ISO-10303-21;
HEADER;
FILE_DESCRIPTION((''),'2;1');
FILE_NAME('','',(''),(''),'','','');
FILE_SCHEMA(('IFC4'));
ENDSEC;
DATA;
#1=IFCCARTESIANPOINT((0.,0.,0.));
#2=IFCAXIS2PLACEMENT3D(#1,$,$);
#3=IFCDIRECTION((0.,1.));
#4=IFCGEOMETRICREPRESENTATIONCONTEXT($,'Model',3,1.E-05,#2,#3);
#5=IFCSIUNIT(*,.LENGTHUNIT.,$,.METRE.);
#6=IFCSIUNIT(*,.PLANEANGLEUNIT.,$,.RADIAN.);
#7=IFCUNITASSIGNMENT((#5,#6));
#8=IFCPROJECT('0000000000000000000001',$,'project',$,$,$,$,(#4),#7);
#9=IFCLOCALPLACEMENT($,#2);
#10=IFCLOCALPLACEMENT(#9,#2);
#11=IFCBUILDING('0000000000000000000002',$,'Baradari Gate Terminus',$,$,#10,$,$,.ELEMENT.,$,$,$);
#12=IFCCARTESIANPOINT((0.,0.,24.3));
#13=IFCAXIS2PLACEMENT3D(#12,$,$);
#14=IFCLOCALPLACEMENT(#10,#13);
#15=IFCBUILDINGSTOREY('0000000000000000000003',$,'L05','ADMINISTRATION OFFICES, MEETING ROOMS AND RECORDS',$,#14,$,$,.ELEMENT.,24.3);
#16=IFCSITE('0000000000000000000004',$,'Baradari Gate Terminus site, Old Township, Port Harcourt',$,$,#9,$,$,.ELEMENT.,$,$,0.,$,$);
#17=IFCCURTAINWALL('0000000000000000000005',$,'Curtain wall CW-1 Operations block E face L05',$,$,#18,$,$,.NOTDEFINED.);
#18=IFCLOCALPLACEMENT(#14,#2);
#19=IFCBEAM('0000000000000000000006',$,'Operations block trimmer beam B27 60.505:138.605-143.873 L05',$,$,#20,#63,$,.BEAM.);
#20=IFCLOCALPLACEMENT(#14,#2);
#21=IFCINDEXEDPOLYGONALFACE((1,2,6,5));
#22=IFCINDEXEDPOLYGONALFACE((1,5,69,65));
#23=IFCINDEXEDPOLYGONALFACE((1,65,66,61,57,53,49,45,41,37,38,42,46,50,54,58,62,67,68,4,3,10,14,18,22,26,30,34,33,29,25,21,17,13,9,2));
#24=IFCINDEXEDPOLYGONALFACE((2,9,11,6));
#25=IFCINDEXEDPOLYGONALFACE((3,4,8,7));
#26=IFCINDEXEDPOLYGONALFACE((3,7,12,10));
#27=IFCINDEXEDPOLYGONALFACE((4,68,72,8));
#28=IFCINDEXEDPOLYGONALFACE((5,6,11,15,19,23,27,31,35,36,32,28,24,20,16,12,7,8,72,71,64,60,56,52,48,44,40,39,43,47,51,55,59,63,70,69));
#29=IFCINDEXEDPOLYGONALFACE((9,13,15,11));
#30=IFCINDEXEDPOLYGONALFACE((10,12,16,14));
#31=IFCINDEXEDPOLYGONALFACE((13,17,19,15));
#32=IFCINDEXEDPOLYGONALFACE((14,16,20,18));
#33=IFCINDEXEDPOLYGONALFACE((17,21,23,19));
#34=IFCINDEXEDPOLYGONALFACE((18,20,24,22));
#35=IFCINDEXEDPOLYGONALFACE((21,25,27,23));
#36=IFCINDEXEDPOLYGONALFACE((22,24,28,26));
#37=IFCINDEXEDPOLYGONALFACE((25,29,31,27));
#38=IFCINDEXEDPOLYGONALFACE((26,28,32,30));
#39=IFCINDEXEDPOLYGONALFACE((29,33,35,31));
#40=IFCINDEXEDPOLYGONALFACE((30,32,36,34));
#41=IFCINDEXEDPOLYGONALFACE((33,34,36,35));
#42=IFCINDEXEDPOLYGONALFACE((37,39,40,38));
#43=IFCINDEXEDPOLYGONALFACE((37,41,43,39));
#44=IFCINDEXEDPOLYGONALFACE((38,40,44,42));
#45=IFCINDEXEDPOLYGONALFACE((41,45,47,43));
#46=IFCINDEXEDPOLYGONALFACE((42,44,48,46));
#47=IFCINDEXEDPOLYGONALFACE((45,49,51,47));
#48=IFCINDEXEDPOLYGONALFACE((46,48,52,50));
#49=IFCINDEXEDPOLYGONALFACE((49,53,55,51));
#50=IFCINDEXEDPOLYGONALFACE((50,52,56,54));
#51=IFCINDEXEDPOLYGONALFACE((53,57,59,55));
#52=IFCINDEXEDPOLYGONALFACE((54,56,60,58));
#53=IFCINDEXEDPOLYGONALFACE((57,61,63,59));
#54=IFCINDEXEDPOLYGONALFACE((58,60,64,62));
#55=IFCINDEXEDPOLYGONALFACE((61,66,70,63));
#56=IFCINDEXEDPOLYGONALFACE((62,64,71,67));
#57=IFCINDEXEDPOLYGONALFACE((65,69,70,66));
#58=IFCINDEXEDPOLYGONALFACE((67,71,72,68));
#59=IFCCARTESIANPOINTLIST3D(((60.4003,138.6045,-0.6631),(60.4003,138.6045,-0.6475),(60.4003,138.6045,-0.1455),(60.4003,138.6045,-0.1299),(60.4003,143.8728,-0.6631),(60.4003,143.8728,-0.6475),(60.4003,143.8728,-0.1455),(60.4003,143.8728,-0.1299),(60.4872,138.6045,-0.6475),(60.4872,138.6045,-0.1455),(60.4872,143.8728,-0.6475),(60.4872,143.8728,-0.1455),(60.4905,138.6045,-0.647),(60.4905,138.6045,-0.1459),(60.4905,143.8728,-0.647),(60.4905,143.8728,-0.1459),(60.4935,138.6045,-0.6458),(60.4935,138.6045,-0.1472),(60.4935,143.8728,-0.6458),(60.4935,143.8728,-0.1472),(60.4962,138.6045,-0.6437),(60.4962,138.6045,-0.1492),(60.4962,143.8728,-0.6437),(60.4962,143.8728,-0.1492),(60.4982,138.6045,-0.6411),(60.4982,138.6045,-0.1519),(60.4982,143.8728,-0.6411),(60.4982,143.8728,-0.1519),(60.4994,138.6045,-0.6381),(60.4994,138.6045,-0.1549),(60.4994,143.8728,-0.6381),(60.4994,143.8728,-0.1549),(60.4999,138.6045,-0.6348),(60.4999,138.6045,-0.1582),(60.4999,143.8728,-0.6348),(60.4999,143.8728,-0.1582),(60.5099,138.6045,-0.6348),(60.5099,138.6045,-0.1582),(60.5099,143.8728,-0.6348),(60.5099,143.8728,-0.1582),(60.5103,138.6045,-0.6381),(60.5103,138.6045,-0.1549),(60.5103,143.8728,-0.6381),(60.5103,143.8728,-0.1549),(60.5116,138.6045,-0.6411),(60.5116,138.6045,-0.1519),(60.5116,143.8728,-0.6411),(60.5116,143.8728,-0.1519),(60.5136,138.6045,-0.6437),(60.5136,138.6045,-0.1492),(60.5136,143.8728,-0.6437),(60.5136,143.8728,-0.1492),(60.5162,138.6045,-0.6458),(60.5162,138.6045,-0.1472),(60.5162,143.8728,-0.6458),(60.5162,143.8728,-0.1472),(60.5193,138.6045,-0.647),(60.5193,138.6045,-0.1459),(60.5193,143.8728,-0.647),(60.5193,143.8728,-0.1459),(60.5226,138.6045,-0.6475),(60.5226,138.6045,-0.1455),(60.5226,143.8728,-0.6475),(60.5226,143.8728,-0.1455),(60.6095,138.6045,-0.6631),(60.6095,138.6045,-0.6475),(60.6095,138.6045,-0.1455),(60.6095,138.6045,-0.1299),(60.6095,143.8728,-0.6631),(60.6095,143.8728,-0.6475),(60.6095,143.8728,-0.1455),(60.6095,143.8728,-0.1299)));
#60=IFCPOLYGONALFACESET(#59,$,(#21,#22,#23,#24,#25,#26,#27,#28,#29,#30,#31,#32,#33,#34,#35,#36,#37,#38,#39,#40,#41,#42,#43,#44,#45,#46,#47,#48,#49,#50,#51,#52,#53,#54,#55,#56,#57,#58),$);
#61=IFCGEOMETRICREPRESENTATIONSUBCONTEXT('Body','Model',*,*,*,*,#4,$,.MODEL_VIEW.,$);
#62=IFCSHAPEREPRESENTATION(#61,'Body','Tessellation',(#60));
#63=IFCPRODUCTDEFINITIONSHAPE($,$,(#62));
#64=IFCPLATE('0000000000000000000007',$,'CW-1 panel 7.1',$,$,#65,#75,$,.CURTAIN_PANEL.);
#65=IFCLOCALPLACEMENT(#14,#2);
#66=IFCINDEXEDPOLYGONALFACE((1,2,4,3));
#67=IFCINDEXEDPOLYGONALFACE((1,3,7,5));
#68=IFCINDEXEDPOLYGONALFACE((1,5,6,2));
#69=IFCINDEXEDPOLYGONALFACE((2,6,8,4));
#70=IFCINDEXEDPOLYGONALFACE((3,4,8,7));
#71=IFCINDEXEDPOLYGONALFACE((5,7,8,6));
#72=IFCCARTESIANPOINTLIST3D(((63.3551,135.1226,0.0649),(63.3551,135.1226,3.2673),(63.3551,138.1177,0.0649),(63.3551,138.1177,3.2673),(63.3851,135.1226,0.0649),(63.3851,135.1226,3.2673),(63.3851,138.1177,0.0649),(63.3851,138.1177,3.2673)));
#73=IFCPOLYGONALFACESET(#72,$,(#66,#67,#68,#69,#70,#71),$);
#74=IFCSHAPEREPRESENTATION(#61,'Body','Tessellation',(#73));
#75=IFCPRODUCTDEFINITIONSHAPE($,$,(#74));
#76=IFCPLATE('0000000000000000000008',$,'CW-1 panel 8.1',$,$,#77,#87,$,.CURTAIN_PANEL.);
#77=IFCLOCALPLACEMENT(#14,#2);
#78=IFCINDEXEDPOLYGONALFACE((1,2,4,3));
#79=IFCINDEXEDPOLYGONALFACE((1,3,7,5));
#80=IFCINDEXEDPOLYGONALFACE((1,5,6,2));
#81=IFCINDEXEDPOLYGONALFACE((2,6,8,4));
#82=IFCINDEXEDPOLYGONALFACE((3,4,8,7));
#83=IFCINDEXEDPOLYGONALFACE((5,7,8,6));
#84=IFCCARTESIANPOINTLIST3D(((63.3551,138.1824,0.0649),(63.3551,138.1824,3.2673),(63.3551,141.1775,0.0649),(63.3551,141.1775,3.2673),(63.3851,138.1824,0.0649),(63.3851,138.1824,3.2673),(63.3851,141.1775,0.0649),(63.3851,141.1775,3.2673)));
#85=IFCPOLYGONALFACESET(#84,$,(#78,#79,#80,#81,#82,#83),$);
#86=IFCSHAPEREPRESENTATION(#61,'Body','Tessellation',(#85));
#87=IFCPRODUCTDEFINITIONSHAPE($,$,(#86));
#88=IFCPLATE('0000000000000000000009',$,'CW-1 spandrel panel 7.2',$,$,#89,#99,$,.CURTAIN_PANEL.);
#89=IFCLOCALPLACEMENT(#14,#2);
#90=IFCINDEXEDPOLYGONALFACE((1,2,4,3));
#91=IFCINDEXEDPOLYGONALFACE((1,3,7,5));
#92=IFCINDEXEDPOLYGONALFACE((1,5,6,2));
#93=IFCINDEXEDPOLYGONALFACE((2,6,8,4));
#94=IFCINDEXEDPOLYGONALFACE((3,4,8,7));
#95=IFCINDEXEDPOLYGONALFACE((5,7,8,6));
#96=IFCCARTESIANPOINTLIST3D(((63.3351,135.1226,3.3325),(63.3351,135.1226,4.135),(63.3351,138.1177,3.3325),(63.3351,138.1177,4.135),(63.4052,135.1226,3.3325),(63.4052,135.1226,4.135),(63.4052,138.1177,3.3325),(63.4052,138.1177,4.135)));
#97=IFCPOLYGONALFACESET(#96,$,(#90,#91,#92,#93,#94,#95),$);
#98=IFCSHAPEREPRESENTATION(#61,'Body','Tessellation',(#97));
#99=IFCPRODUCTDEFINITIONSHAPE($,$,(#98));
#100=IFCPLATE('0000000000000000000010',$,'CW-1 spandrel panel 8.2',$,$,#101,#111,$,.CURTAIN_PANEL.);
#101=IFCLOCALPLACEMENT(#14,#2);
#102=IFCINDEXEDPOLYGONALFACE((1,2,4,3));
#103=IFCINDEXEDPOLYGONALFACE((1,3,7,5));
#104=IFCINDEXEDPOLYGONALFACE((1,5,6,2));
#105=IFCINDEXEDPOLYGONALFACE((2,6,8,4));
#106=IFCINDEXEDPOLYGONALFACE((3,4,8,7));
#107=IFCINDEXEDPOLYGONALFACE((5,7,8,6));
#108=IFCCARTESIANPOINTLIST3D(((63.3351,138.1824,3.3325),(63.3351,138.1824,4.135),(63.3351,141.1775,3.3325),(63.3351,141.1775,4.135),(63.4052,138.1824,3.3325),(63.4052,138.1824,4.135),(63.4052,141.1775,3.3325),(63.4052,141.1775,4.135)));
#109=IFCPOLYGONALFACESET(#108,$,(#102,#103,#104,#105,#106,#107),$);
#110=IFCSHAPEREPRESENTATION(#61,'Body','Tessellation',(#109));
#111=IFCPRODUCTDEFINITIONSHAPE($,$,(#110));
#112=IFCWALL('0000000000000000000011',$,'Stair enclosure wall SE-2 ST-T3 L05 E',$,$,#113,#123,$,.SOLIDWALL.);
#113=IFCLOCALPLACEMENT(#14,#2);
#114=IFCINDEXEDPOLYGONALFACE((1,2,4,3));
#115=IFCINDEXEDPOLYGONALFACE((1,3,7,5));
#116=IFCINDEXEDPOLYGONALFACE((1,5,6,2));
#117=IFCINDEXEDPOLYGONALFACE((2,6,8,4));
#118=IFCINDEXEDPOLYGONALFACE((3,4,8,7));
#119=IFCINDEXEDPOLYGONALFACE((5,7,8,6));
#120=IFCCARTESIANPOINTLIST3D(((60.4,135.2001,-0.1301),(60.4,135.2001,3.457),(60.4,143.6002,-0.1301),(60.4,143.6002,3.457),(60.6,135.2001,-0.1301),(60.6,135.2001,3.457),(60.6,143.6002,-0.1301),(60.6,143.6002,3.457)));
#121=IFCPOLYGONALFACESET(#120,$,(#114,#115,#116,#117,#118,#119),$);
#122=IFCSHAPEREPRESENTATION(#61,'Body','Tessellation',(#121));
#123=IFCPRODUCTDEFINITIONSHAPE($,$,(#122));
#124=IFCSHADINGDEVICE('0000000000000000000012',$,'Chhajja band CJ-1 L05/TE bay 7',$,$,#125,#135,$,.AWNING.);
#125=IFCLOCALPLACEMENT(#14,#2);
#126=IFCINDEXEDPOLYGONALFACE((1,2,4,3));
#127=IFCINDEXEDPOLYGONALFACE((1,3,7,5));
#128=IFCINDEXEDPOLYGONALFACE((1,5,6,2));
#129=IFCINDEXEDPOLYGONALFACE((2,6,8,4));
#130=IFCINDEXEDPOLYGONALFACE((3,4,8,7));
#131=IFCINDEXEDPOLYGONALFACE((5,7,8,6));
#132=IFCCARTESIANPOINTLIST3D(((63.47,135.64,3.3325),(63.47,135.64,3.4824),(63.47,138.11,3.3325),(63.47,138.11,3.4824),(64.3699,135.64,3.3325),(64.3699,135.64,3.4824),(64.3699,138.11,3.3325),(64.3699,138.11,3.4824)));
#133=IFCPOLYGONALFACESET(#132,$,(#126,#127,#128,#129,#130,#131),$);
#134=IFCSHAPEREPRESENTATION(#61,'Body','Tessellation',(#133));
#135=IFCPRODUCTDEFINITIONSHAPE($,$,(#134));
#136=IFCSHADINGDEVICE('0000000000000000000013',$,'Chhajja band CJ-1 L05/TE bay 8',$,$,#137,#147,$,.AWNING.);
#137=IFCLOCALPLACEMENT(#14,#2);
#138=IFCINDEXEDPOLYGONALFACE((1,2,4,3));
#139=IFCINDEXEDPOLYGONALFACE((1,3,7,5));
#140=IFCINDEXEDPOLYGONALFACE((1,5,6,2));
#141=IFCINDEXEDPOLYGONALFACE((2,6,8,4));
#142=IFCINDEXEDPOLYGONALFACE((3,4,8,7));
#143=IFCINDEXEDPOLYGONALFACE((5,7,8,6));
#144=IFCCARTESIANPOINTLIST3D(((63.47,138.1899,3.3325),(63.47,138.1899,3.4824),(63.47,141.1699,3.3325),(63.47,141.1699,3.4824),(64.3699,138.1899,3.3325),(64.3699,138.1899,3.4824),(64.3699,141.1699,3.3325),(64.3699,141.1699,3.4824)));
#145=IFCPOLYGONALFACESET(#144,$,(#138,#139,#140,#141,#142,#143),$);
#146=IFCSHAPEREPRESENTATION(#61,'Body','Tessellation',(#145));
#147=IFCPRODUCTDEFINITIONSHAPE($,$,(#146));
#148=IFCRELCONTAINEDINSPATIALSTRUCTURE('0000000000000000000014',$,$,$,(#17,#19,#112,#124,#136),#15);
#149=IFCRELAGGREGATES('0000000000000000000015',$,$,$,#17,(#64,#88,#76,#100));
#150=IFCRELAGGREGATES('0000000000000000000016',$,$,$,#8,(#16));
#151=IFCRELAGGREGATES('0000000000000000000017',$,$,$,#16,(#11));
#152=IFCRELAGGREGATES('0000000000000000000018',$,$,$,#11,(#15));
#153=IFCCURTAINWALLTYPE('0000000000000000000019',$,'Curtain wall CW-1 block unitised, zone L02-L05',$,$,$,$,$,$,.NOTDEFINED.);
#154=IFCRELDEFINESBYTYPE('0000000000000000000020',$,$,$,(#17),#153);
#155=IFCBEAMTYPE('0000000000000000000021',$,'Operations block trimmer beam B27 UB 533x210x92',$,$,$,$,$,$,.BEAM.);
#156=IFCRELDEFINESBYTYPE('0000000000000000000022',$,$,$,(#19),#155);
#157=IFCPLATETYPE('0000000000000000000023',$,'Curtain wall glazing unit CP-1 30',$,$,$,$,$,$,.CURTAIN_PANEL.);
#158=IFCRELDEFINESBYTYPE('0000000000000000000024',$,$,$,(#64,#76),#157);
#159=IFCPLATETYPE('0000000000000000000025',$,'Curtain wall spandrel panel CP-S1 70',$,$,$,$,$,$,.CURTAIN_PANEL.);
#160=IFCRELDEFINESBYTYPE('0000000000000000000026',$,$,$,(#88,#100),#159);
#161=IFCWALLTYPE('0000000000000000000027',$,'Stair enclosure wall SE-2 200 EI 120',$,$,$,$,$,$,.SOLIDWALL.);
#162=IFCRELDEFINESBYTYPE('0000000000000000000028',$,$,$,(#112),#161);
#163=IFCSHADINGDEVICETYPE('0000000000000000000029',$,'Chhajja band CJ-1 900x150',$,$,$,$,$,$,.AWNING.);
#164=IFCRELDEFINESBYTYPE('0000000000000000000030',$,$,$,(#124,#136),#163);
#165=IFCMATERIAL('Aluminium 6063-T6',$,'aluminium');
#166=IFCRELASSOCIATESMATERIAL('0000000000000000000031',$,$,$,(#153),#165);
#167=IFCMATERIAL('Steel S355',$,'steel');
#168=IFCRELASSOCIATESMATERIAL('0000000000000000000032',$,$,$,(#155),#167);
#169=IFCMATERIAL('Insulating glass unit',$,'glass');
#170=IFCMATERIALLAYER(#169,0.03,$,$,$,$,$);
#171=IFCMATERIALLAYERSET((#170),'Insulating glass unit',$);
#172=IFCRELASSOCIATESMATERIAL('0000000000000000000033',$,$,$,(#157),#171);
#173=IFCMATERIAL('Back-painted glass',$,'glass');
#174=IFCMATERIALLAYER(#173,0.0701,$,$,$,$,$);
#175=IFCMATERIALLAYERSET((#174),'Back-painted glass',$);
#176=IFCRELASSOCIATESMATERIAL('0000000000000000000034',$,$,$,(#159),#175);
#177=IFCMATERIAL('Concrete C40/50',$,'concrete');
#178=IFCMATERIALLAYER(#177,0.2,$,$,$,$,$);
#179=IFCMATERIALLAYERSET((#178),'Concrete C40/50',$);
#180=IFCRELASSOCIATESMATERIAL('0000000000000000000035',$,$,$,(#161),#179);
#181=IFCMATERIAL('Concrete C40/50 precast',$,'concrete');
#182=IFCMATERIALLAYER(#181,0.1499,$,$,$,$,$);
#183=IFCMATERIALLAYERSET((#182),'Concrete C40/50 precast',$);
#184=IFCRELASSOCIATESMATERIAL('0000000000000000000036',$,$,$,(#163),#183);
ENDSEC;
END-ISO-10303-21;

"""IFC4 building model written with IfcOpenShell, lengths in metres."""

from ifc_helpers import new_model, si_unit, direction, frame, frame_2d, origin, origin_2d, place, context, subcontext, project, spatial, rectangle, i_section, extrude, material, layer, layer_set, material_profile, profile_set, type_object, element, aggregate, save


model = new_model("IFC4")

# Units and contexts
model_context = context("Model", 3, precision=1e-05, world=origin(), true_north=direction((0.0, 1.0)))
body_context = subcontext(model_context, "Body", "Model", "MODEL_VIEW")
ifc_project = project(units=[si_unit("LENGTHUNIT", "METRE"), si_unit("PLANEANGLEUNIT", "RADIAN")], contexts=[model_context])

# Site, building, storey
site_placement = place(None, origin())
site = spatial("IfcSite", under=ifc_project, at=site_placement, Name="Baradari Gate Terminus site, Old Township, Port Harcourt", CompositionType="ELEMENT", RefElevation=0.0)
building_placement = place(site_placement, origin())
building = spatial("IfcBuilding", under=site, at=building_placement, Name="Baradari Gate Terminus", CompositionType="ELEMENT")
storey_placement = place(building_placement, frame((0.0, 0.0, 24.3)))
storey = spatial("IfcBuildingStorey", under=building, at=storey_placement, Name="L05", Description="ADMINISTRATION OFFICES, MEETING ROOMS AND RECORDS", CompositionType="ELEMENT", Elevation=24.3)

# Curtain wall
ifc_material_1 = material(Name="Aluminium 6063-T6", Category="aluminium")
curtain_wall_type = type_object("IfcCurtainWallType", Name="Curtain wall CW-1 block unitised, zone L02-L05", PredefinedType="NOTDEFINED", material=ifc_material_1)
curtain_wall_placement = place(storey_placement, origin())
curtain_wall = element("IfcCurtainWall", 1, at=curtain_wall_placement, inside=storey, type_object=curtain_wall_type, Name="Curtain wall CW-1 Operations block E face L05", PredefinedType="NOTDEFINED")

# Beam
ifc_material_2 = material(Name="Steel S355", Category="steel")
ifc_material_profile_1 = material_profile(ifc_material_2, i_section(OverallWidth=0.2092, OverallDepth=0.5332, WebThickness=0.01, FlangeThickness=0.0156, FilletRadius=0.0127, at=origin_2d()), Name="UB 533x210x92")
ifc_profile_set_1 = profile_set([ifc_material_profile_1], Name="Steel S355")
beam_type_1 = type_object("IfcBeamType", Name="Operations block trimmer beam B27 UB 533x210x92", PredefinedType="BEAM", material=ifc_profile_set_1)
beam_1_placement = place(storey_placement, frame((60.5049, 138.6045, -0.3965), z_axis=(0.0, 1.0, 0.0), x_axis=(-1.0, 0.0, 0.0)))
element("IfcBeam", 2, at=beam_1_placement, inside=storey, type_object=beam_type_1, Name="Operations block trimmer beam B27 60.505:138.605-143.873 L05", PredefinedType="BEAM", context=body_context, shape_type="SweptSolid", body=[
    extrude(i_section(OverallWidth=0.2092, OverallDepth=0.5332, WebThickness=0.01, FlangeThickness=0.0156, FilletRadius=0.0127, at=origin_2d()), origin(), (0.0, 0.0, 1.0), 5.2683),
])

# Plates
ifc_material_3 = material(Name="Insulating glass unit", Category="glass")
ifc_layer_1 = layer(ifc_material_3, 0.03)
ifc_layer_set_1 = layer_set([ifc_layer_1], Name="Insulating glass unit")
plate_type_1 = type_object("IfcPlateType", Name="Curtain wall glazing unit CP-1 30", PredefinedType="CURTAIN_PANEL", material=ifc_layer_set_1)
plate_1_placement = place(storey_placement, frame((63.3701, 136.6201, 0.0649), z_axis=(0.0, 0.0, 1.0), x_axis=(0.0, 1.0, 0.0)))
plate_1 = element("IfcPlate", 3, at=plate_1_placement, type_object=plate_type_1, Name="CW-1 panel 7.1", PredefinedType="CURTAIN_PANEL", context=body_context, shape_type="SweptSolid", body=[
    extrude(rectangle(XDim=2.9951, YDim=0.03, at=origin_2d()), origin(), (0.0, 0.0, 1.0), 3.2024),
])
plate_2_placement = place(storey_placement, frame((63.3701, 139.6799, 0.0649), z_axis=(0.0, 0.0, 1.0), x_axis=(0.0, 1.0, 0.0)))
plate_2 = element("IfcPlate", 4, at=plate_2_placement, type_object=plate_type_1, Name="CW-1 panel 8.1", PredefinedType="CURTAIN_PANEL", context=body_context, shape_type="SweptSolid", body=[
    extrude(rectangle(XDim=2.9951, YDim=0.03, at=origin_2d()), origin(), (0.0, 0.0, 1.0), 3.2024),
])
ifc_material_4 = material(Name="Back-painted glass", Category="glass")
ifc_layer_2 = layer(ifc_material_4, 0.0701)
ifc_layer_set_2 = layer_set([ifc_layer_2], Name="Back-painted glass")
plate_type_2 = type_object("IfcPlateType", Name="Curtain wall spandrel panel CP-S1 70", PredefinedType="CURTAIN_PANEL", material=ifc_layer_set_2)
plate_3_placement = place(storey_placement, frame((63.3701, 136.6201, 3.3325), z_axis=(0.0, 0.0, 1.0), x_axis=(0.0, 1.0, 0.0)))
plate_3 = element("IfcPlate", 5, at=plate_3_placement, type_object=plate_type_2, Name="CW-1 spandrel panel 7.2", PredefinedType="CURTAIN_PANEL", context=body_context, shape_type="SweptSolid", body=[
    extrude(rectangle(XDim=2.9951, YDim=0.0701, at=origin_2d()), origin(), (0.0, 0.0, 1.0), 0.8025),
])
plate_4_placement = place(storey_placement, frame((63.3701, 139.6799, 3.3325), z_axis=(0.0, 0.0, 1.0), x_axis=(0.0, 1.0, 0.0)))
plate_4 = element("IfcPlate", 6, at=plate_4_placement, type_object=plate_type_2, Name="CW-1 spandrel panel 8.2", PredefinedType="CURTAIN_PANEL", context=body_context, shape_type="SweptSolid", body=[
    extrude(rectangle(XDim=2.9951, YDim=0.0701, at=origin_2d()), origin(), (0.0, 0.0, 1.0), 0.8025),
])
aggregate(curtain_wall, [plate_1, plate_3, plate_2, plate_4])

# Wall
ifc_material_5 = material(Name="Concrete C40/50", Category="concrete")
ifc_layer_3 = layer(ifc_material_5, 0.2)
ifc_layer_set_3 = layer_set([ifc_layer_3], Name="Concrete C40/50")
wall_type = type_object("IfcWallType", Name="Stair enclosure wall SE-2 200 EI 120", PredefinedType="SOLIDWALL", material=ifc_layer_set_3)
wall_placement = place(storey_placement, frame((60.5, 135.2, -0.1301), z_axis=(0.0, 0.0, 1.0), x_axis=(0.0, 1.0, 0.0)))
element("IfcWall", 7, at=wall_placement, inside=storey, type_object=wall_type, Name="Stair enclosure wall SE-2 ST-T3 L05 E", PredefinedType="SOLIDWALL", context=body_context, shape_type="SweptSolid", body=[
    extrude(rectangle(XDim=8.4001, YDim=0.2, at=frame_2d((4.2002, 0.0))), origin(), (0.0, 0.0, 1.0), 3.5872),
])

# Shading devices
ifc_material_6 = material(Name="Concrete C40/50 precast", Category="concrete")
ifc_layer_4 = layer(ifc_material_6, 0.1499)
ifc_layer_set_4 = layer_set([ifc_layer_4], Name="Concrete C40/50 precast")
shading_device_type_1 = type_object("IfcShadingDeviceType", Name="Chhajja band CJ-1 900x150", PredefinedType="AWNING", material=ifc_layer_set_4)
shading_device_1_placement = place(storey_placement, frame((63.9199, 136.875, 3.3325), z_axis=(0.0, 0.0, 1.0), x_axis=(0.0, 1.0, 0.0)))
element("IfcShadingDevice", 8, at=shading_device_1_placement, inside=storey, type_object=shading_device_type_1, Name="Chhajja band CJ-1 L05/TE bay 7", PredefinedType="AWNING", context=body_context, shape_type="SweptSolid", body=[
    extrude(rectangle(XDim=2.47, YDim=0.8999, at=origin_2d()), origin(), (0.0, 0.0, 1.0), 0.1499),
])
shading_device_2_placement = place(storey_placement, frame((63.9199, 139.6799, 3.3325), z_axis=(0.0, 0.0, 1.0), x_axis=(0.0, 1.0, 0.0)))
element("IfcShadingDevice", 9, at=shading_device_2_placement, inside=storey, type_object=shading_device_type_1, Name="Chhajja band CJ-1 L05/TE bay 8", PredefinedType="AWNING", context=body_context, shape_type="SweptSolid", body=[
    extrude(rectangle(XDim=2.98, YDim=0.8999, at=origin_2d()), origin(), (0.0, 0.0, 1.0), 0.1499),
])

save(model, "model.ifc")
